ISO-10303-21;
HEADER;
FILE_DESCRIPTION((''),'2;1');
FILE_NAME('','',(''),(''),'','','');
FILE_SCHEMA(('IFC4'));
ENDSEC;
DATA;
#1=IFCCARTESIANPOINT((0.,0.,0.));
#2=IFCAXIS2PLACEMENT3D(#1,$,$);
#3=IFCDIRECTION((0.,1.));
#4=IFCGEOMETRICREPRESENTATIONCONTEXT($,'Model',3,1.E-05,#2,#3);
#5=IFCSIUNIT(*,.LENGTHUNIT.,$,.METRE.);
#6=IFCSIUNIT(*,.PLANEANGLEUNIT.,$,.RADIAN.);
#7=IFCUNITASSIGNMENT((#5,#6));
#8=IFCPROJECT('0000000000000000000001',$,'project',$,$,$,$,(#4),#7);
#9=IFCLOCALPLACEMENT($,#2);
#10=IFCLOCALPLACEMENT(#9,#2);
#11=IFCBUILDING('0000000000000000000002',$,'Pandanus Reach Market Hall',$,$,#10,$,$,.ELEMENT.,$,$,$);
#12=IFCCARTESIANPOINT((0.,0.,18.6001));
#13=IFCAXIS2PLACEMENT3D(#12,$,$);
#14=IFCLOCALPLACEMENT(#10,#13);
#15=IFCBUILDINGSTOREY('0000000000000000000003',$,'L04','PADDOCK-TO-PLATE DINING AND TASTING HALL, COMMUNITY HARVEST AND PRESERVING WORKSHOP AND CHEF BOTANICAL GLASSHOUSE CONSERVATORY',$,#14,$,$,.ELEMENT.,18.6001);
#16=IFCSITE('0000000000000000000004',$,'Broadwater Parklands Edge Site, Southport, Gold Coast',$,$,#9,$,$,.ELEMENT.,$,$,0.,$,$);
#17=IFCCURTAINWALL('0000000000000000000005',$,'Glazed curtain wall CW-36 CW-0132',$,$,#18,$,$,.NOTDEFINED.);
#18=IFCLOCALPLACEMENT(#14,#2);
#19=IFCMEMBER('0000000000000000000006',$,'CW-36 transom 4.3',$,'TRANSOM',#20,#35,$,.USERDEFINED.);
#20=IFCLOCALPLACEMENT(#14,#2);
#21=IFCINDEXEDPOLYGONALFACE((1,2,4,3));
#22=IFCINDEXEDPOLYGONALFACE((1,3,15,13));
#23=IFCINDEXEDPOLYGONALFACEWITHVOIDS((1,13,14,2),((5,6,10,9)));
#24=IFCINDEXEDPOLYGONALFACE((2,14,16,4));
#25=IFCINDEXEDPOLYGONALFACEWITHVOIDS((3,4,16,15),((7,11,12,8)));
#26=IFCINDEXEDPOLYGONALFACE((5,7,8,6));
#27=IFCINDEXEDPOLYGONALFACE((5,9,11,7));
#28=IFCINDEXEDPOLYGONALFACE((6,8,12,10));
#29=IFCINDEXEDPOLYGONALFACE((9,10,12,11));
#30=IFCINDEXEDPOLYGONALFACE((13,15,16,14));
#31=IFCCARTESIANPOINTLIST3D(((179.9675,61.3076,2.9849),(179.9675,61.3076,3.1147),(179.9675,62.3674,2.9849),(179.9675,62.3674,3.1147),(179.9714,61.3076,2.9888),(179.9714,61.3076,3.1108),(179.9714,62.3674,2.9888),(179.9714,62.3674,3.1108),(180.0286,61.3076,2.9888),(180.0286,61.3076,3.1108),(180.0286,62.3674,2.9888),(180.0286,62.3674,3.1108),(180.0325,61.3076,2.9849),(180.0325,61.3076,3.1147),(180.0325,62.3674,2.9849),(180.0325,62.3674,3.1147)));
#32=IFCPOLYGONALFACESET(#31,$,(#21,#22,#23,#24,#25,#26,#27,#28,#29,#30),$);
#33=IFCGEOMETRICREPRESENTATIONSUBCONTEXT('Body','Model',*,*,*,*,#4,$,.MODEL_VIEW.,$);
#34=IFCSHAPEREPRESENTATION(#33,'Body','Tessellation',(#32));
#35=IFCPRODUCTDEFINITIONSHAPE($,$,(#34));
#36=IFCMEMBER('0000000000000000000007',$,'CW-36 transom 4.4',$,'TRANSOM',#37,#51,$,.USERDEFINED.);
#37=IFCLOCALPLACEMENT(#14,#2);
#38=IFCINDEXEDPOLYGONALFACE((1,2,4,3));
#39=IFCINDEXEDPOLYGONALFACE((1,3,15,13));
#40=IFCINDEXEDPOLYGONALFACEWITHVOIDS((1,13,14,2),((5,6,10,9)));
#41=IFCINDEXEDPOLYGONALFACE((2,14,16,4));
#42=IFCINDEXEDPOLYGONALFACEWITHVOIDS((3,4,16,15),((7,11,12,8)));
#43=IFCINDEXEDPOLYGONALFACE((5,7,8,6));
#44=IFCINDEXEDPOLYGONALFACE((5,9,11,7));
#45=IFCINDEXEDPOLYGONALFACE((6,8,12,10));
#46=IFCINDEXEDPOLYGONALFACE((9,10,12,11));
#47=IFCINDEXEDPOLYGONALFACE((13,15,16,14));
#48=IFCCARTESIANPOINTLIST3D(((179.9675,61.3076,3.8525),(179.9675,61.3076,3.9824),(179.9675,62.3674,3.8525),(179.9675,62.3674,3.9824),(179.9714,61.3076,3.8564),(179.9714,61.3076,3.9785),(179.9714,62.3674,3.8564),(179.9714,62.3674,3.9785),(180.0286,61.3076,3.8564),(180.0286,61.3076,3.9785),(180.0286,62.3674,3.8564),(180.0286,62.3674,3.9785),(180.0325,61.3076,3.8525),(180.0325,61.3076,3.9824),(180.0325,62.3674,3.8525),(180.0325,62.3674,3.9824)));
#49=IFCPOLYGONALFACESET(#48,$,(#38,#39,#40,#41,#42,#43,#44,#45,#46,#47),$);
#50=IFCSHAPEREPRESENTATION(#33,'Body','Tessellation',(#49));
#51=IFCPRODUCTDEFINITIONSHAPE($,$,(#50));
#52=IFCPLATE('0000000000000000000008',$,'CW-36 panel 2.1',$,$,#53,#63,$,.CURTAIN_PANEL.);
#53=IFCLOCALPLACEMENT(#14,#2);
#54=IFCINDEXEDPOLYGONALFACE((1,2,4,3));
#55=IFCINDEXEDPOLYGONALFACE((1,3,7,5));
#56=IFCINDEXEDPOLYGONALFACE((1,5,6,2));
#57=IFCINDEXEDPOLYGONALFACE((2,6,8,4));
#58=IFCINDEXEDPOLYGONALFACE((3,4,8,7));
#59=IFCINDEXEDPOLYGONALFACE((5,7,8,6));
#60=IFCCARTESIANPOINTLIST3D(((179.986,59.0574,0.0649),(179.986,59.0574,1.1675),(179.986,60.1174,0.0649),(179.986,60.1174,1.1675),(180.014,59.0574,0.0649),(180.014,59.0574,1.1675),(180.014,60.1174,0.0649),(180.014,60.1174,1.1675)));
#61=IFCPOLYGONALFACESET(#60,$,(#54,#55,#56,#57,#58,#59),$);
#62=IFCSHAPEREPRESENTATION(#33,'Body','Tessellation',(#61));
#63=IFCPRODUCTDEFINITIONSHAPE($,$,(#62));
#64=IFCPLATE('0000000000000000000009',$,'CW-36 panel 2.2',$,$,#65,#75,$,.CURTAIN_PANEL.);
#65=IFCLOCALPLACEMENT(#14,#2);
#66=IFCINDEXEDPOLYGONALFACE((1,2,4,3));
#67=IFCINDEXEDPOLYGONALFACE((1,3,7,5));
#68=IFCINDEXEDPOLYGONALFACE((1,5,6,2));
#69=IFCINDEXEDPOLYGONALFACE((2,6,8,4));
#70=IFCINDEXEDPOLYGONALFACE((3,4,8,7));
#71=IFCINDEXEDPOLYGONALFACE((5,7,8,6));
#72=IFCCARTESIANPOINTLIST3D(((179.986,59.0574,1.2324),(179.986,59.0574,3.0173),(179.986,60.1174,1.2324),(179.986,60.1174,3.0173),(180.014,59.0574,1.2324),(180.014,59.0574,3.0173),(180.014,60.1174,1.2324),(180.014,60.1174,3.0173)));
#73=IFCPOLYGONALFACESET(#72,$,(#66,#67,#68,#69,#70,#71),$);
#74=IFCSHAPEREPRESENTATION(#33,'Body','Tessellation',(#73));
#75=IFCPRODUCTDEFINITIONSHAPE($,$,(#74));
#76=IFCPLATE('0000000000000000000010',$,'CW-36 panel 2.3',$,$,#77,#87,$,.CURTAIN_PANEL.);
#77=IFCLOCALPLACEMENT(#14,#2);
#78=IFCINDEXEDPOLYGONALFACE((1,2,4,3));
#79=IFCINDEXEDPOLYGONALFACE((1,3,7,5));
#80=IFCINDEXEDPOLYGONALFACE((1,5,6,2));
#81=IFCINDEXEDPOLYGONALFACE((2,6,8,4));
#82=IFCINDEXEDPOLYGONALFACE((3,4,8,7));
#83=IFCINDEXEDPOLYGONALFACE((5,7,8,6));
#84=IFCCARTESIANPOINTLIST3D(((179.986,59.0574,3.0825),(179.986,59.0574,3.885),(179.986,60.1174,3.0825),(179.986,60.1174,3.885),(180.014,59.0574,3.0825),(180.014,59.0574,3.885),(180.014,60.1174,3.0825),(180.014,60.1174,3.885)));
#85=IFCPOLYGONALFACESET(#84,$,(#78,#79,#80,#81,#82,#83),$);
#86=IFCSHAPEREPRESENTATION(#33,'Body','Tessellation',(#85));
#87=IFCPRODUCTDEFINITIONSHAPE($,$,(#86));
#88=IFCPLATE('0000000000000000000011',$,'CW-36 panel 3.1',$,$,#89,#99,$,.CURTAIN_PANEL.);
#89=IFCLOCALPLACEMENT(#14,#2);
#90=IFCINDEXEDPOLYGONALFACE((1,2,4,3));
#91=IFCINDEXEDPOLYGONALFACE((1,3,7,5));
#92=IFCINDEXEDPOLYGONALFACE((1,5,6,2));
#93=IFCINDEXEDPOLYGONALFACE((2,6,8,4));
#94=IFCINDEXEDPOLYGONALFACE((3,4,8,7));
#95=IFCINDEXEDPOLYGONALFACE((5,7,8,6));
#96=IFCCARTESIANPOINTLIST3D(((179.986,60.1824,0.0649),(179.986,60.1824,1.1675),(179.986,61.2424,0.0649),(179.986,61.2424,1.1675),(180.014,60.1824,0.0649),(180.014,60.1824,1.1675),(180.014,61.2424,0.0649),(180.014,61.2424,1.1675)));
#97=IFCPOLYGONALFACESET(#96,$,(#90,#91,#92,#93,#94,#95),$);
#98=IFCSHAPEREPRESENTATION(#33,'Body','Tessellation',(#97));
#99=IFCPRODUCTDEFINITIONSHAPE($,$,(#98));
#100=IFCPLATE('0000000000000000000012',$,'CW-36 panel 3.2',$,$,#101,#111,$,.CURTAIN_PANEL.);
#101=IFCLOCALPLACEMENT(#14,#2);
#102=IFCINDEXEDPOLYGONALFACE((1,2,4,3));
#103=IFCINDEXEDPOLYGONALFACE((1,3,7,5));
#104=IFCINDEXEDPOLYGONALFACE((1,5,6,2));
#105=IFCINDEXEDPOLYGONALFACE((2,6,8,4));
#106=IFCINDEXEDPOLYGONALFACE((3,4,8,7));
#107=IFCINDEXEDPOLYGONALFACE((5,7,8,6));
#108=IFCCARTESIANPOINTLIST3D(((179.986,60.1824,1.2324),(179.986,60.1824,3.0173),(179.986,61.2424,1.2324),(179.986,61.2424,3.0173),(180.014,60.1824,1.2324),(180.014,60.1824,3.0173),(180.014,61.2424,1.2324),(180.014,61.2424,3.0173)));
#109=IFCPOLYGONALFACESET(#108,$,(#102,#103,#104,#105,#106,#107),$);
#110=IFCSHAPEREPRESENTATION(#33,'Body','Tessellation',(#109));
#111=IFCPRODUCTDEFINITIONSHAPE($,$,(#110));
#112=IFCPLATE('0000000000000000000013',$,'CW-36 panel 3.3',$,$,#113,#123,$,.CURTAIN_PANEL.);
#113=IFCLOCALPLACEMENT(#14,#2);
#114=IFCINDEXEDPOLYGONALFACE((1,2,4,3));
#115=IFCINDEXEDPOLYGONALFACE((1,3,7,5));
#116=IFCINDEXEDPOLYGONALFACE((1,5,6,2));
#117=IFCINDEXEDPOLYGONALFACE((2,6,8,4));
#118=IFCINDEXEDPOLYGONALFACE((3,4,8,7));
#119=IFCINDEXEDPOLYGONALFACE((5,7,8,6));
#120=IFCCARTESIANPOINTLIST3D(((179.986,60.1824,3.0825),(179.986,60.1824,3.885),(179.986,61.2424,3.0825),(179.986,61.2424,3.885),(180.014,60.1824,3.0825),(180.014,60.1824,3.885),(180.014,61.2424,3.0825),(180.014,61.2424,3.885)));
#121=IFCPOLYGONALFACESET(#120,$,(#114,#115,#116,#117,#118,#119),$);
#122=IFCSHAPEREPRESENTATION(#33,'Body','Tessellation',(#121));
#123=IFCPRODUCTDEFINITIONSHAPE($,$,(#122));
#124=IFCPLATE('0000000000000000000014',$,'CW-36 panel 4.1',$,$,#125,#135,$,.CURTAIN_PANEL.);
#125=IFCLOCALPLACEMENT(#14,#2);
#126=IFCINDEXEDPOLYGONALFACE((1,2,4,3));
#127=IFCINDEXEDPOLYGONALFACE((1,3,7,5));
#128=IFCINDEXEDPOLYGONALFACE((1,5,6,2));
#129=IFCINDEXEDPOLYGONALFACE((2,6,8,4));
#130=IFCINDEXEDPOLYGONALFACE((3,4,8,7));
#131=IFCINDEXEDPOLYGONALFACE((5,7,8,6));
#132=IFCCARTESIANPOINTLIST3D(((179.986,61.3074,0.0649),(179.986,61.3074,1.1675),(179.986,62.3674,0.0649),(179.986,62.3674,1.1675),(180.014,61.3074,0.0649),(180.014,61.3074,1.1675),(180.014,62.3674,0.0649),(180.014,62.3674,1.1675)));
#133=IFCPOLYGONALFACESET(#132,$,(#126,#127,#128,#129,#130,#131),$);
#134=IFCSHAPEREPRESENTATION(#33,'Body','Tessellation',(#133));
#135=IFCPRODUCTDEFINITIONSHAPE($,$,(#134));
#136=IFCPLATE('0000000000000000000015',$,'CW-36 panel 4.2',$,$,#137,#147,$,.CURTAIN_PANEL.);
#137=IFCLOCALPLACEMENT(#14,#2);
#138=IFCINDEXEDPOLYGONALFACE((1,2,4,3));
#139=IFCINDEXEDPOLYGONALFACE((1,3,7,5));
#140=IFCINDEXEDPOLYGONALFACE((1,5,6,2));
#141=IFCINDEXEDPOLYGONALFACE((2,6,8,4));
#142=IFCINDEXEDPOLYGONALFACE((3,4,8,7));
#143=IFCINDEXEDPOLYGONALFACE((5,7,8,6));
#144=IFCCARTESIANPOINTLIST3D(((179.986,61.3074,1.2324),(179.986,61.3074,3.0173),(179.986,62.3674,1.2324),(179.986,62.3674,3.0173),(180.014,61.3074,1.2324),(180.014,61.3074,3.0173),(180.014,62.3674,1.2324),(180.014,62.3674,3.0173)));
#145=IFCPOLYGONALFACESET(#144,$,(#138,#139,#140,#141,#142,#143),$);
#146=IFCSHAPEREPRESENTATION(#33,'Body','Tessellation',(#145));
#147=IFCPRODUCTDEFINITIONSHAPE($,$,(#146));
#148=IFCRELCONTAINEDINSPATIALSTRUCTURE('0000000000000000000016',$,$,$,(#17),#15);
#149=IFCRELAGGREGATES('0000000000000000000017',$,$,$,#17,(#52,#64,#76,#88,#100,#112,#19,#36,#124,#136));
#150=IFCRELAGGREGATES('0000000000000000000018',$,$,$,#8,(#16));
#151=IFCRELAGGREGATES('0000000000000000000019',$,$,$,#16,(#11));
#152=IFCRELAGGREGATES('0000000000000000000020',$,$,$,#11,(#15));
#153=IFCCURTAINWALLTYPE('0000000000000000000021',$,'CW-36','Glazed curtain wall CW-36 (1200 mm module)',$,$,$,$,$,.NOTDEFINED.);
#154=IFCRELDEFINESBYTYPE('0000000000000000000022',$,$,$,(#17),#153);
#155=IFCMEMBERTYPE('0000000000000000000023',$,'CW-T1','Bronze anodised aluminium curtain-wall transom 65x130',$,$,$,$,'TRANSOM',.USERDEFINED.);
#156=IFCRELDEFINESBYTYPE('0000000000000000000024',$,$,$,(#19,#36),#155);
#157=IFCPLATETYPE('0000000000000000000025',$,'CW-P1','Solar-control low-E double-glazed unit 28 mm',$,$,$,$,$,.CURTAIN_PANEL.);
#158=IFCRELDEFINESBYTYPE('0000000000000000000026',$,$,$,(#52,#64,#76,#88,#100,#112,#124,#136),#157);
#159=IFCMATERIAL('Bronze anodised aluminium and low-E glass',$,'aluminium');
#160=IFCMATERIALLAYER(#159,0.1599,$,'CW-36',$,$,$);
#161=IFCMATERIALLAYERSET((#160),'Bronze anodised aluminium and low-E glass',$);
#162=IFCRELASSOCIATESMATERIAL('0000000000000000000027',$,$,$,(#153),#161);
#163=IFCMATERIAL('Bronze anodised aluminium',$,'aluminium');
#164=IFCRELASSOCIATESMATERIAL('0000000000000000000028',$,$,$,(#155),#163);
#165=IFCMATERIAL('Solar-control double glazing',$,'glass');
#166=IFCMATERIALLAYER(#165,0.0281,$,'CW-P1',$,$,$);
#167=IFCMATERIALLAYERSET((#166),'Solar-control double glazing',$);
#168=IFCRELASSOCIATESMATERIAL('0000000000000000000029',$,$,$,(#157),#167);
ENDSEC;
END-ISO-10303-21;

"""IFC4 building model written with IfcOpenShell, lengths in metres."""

from ifc_helpers import new_model, si_unit, direction, frame, origin, origin_2d, place, context, subcontext, project, spatial, rectangle, hollow_rectangle, extrude, material, layer, layer_set, material_profile, profile_set, type_object, element, aggregate, save


model = new_model("IFC4")

# Units and contexts
model_context = context("Model", 3, precision=1e-05, world=origin(), true_north=direction((0.0, 1.0)))
body_context = subcontext(model_context, "Body", "Model", "MODEL_VIEW")
ifc_project = project(units=[si_unit("LENGTHUNIT", "METRE"), si_unit("PLANEANGLEUNIT", "RADIAN")], contexts=[model_context])

# Site, building, storey
site_placement = place(None, origin())
site = spatial("IfcSite", under=ifc_project, at=site_placement, Name="Broadwater Parklands Edge Site, Southport, Gold Coast", CompositionType="ELEMENT", RefElevation=0.0)
building_placement = place(site_placement, origin())
building = spatial("IfcBuilding", under=site, at=building_placement, Name="Pandanus Reach Market Hall", CompositionType="ELEMENT")
storey_placement = place(building_placement, frame((0.0, 0.0, 18.6001)))
storey = spatial("IfcBuildingStorey", under=building, at=storey_placement, Name="L04", Description="PADDOCK-TO-PLATE DINING AND TASTING HALL, COMMUNITY HARVEST AND PRESERVING WORKSHOP AND CHEF BOTANICAL GLASSHOUSE CONSERVATORY", CompositionType="ELEMENT", Elevation=18.6001)

# Curtain wall, members, plates
ifc_material_1 = material(Name="Bronze anodised aluminium and low-E glass", Category="aluminium")
ifc_layer_1 = layer(ifc_material_1, 0.1599, Name="CW-36")
ifc_layer_set_1 = layer_set([ifc_layer_1], Name="Bronze anodised aluminium and low-E glass")
curtain_wall_type = type_object("IfcCurtainWallType", Name="CW-36", Description="Glazed curtain wall CW-36 (1200 mm module)", PredefinedType="NOTDEFINED", material=ifc_layer_set_1)
curtain_wall_placement = place(storey_placement, origin())
curtain_wall = element("IfcCurtainWall", 1, at=curtain_wall_placement, inside=storey, type_object=curtain_wall_type, Name="Glazed curtain wall CW-36 CW-0132", PredefinedType="NOTDEFINED")
ifc_material_2 = material(Name="Bronze anodised aluminium", Category="aluminium")
ifc_material_profile_1 = material_profile(ifc_material_2, hollow_rectangle(XDim=0.0649, YDim=0.1299, WallThickness=0.0039, at=origin_2d()), Name="ALU65x130", Category="LoadBearing")
ifc_profile_set_1 = profile_set([ifc_material_profile_1], Name="Bronze anodised aluminium")
member_type_1 = type_object("IfcMemberType", Name="CW-T1", Description="Bronze anodised aluminium curtain-wall transom 65x130", ElementType="TRANSOM", PredefinedType="USERDEFINED", material=ifc_profile_set_1)
member_1_placement = place(storey_placement, frame((180.0, 61.3076, 3.0498), z_axis=(0.0, 1.0, 0.0), x_axis=(-1.0, 0.0, 0.0)))
member_1 = element("IfcMember", 2, at=member_1_placement, type_object=member_type_1, Name="CW-36 transom 4.3", ObjectType="TRANSOM", PredefinedType="USERDEFINED", context=body_context, shape_type="SweptSolid", body=[
    extrude(hollow_rectangle(XDim=0.0649, YDim=0.1299, WallThickness=0.0039, at=origin_2d()), origin(), (0.0, 0.0, 1.0), 1.0598),
])
member_2_placement = place(storey_placement, frame((180.0, 61.3076, 3.9175), z_axis=(0.0, 1.0, 0.0), x_axis=(-1.0, 0.0, 0.0)))
member_2 = element("IfcMember", 3, at=member_2_placement, type_object=member_type_1, Name="CW-36 transom 4.4", ObjectType="TRANSOM", PredefinedType="USERDEFINED", context=body_context, shape_type="SweptSolid", body=[
    extrude(hollow_rectangle(XDim=0.0649, YDim=0.1299, WallThickness=0.0039, at=origin_2d()), origin(), (0.0, 0.0, 1.0), 1.0598),
])
ifc_material_3 = material(Name="Solar-control double glazing", Category="glass")
ifc_layer_2 = layer(ifc_material_3, 0.0281, Name="CW-P1")
ifc_layer_set_2 = layer_set([ifc_layer_2], Name="Solar-control double glazing")
plate_type = type_object("IfcPlateType", Name="CW-P1", Description="Solar-control low-E double-glazed unit 28 mm", PredefinedType="CURTAIN_PANEL", material=ifc_layer_set_2)
plate_1_placement = place(storey_placement, frame((180.0, 59.5874, 0.0649), z_axis=(0.0, 0.0, 1.0), x_axis=(0.0, 1.0, 0.0)))
plate_1 = element("IfcPlate", 4, at=plate_1_placement, type_object=plate_type, Name="CW-36 panel 2.1", PredefinedType="CURTAIN_PANEL", context=body_context, shape_type="SweptSolid", body=[
    extrude(rectangle(XDim=1.0601, YDim=0.0281, at=origin_2d()), origin(), (0.0, 0.0, 1.0), 1.1025),
])
plate_2_placement = place(storey_placement, frame((180.0, 59.5874, 1.2324), z_axis=(0.0, 0.0, 1.0), x_axis=(0.0, 1.0, 0.0)))
plate_2 = element("IfcPlate", 5, at=plate_2_placement, type_object=plate_type, Name="CW-36 panel 2.2", PredefinedType="CURTAIN_PANEL", context=body_context, shape_type="SweptSolid", body=[
    extrude(rectangle(XDim=1.0601, YDim=0.0281, at=origin_2d()), origin(), (0.0, 0.0, 1.0), 1.7849),
])
plate_3_placement = place(storey_placement, frame((180.0, 59.5874, 3.0825), z_axis=(0.0, 0.0, 1.0), x_axis=(0.0, 1.0, 0.0)))
plate_3 = element("IfcPlate", 6, at=plate_3_placement, type_object=plate_type, Name="CW-36 panel 2.3", PredefinedType="CURTAIN_PANEL", context=body_context, shape_type="SweptSolid", body=[
    extrude(rectangle(XDim=1.0601, YDim=0.0281, at=origin_2d()), origin(), (0.0, 0.0, 1.0), 0.8025),
])
plate_4_placement = place(storey_placement, frame((180.0, 60.7124, 0.0649), z_axis=(0.0, 0.0, 1.0), x_axis=(0.0, 1.0, 0.0)))
plate_4 = element("IfcPlate", 7, at=plate_4_placement, type_object=plate_type, Name="CW-36 panel 3.1", PredefinedType="CURTAIN_PANEL", context=body_context, shape_type="SweptSolid", body=[
    extrude(rectangle(XDim=1.0601, YDim=0.0281, at=origin_2d()), origin(), (0.0, 0.0, 1.0), 1.1025),
])
plate_5_placement = place(storey_placement, frame((180.0, 60.7124, 1.2324), z_axis=(0.0, 0.0, 1.0), x_axis=(0.0, 1.0, 0.0)))
plate_5 = element("IfcPlate", 8, at=plate_5_placement, type_object=plate_type, Name="CW-36 panel 3.2", PredefinedType="CURTAIN_PANEL", context=body_context, shape_type="SweptSolid", body=[
    extrude(rectangle(XDim=1.0601, YDim=0.0281, at=origin_2d()), origin(), (0.0, 0.0, 1.0), 1.7849),
])
plate_6_placement = place(storey_placement, frame((180.0, 60.7124, 3.0825), z_axis=(0.0, 0.0, 1.0), x_axis=(0.0, 1.0, 0.0)))
plate_6 = element("IfcPlate", 9, at=plate_6_placement, type_object=plate_type, Name="CW-36 panel 3.3", PredefinedType="CURTAIN_PANEL", context=body_context, shape_type="SweptSolid", body=[
    extrude(rectangle(XDim=1.0601, YDim=0.0281, at=origin_2d()), origin(), (0.0, 0.0, 1.0), 0.8025),
])
plate_7_placement = place(storey_placement, frame((180.0, 61.8374, 0.0649), z_axis=(0.0, 0.0, 1.0), x_axis=(0.0, 1.0, 0.0)))
plate_7 = element("IfcPlate", 10, at=plate_7_placement, type_object=plate_type, Name="CW-36 panel 4.1", PredefinedType="CURTAIN_PANEL", context=body_context, shape_type="SweptSolid", body=[
    extrude(rectangle(XDim=1.0601, YDim=0.0281, at=origin_2d()), origin(), (0.0, 0.0, 1.0), 1.1025),
])
plate_8_placement = place(storey_placement, frame((180.0, 61.8374, 1.2324), z_axis=(0.0, 0.0, 1.0), x_axis=(0.0, 1.0, 0.0)))
plate_8 = element("IfcPlate", 11, at=plate_8_placement, type_object=plate_type, Name="CW-36 panel 4.2", PredefinedType="CURTAIN_PANEL", context=body_context, shape_type="SweptSolid", body=[
    extrude(rectangle(XDim=1.0601, YDim=0.0281, at=origin_2d()), origin(), (0.0, 0.0, 1.0), 1.7849),
])
aggregate(curtain_wall, [plate_1, plate_2, plate_3, plate_4, plate_5, plate_6, member_1, member_2, plate_7, plate_8])

save(model, "model.ifc")
